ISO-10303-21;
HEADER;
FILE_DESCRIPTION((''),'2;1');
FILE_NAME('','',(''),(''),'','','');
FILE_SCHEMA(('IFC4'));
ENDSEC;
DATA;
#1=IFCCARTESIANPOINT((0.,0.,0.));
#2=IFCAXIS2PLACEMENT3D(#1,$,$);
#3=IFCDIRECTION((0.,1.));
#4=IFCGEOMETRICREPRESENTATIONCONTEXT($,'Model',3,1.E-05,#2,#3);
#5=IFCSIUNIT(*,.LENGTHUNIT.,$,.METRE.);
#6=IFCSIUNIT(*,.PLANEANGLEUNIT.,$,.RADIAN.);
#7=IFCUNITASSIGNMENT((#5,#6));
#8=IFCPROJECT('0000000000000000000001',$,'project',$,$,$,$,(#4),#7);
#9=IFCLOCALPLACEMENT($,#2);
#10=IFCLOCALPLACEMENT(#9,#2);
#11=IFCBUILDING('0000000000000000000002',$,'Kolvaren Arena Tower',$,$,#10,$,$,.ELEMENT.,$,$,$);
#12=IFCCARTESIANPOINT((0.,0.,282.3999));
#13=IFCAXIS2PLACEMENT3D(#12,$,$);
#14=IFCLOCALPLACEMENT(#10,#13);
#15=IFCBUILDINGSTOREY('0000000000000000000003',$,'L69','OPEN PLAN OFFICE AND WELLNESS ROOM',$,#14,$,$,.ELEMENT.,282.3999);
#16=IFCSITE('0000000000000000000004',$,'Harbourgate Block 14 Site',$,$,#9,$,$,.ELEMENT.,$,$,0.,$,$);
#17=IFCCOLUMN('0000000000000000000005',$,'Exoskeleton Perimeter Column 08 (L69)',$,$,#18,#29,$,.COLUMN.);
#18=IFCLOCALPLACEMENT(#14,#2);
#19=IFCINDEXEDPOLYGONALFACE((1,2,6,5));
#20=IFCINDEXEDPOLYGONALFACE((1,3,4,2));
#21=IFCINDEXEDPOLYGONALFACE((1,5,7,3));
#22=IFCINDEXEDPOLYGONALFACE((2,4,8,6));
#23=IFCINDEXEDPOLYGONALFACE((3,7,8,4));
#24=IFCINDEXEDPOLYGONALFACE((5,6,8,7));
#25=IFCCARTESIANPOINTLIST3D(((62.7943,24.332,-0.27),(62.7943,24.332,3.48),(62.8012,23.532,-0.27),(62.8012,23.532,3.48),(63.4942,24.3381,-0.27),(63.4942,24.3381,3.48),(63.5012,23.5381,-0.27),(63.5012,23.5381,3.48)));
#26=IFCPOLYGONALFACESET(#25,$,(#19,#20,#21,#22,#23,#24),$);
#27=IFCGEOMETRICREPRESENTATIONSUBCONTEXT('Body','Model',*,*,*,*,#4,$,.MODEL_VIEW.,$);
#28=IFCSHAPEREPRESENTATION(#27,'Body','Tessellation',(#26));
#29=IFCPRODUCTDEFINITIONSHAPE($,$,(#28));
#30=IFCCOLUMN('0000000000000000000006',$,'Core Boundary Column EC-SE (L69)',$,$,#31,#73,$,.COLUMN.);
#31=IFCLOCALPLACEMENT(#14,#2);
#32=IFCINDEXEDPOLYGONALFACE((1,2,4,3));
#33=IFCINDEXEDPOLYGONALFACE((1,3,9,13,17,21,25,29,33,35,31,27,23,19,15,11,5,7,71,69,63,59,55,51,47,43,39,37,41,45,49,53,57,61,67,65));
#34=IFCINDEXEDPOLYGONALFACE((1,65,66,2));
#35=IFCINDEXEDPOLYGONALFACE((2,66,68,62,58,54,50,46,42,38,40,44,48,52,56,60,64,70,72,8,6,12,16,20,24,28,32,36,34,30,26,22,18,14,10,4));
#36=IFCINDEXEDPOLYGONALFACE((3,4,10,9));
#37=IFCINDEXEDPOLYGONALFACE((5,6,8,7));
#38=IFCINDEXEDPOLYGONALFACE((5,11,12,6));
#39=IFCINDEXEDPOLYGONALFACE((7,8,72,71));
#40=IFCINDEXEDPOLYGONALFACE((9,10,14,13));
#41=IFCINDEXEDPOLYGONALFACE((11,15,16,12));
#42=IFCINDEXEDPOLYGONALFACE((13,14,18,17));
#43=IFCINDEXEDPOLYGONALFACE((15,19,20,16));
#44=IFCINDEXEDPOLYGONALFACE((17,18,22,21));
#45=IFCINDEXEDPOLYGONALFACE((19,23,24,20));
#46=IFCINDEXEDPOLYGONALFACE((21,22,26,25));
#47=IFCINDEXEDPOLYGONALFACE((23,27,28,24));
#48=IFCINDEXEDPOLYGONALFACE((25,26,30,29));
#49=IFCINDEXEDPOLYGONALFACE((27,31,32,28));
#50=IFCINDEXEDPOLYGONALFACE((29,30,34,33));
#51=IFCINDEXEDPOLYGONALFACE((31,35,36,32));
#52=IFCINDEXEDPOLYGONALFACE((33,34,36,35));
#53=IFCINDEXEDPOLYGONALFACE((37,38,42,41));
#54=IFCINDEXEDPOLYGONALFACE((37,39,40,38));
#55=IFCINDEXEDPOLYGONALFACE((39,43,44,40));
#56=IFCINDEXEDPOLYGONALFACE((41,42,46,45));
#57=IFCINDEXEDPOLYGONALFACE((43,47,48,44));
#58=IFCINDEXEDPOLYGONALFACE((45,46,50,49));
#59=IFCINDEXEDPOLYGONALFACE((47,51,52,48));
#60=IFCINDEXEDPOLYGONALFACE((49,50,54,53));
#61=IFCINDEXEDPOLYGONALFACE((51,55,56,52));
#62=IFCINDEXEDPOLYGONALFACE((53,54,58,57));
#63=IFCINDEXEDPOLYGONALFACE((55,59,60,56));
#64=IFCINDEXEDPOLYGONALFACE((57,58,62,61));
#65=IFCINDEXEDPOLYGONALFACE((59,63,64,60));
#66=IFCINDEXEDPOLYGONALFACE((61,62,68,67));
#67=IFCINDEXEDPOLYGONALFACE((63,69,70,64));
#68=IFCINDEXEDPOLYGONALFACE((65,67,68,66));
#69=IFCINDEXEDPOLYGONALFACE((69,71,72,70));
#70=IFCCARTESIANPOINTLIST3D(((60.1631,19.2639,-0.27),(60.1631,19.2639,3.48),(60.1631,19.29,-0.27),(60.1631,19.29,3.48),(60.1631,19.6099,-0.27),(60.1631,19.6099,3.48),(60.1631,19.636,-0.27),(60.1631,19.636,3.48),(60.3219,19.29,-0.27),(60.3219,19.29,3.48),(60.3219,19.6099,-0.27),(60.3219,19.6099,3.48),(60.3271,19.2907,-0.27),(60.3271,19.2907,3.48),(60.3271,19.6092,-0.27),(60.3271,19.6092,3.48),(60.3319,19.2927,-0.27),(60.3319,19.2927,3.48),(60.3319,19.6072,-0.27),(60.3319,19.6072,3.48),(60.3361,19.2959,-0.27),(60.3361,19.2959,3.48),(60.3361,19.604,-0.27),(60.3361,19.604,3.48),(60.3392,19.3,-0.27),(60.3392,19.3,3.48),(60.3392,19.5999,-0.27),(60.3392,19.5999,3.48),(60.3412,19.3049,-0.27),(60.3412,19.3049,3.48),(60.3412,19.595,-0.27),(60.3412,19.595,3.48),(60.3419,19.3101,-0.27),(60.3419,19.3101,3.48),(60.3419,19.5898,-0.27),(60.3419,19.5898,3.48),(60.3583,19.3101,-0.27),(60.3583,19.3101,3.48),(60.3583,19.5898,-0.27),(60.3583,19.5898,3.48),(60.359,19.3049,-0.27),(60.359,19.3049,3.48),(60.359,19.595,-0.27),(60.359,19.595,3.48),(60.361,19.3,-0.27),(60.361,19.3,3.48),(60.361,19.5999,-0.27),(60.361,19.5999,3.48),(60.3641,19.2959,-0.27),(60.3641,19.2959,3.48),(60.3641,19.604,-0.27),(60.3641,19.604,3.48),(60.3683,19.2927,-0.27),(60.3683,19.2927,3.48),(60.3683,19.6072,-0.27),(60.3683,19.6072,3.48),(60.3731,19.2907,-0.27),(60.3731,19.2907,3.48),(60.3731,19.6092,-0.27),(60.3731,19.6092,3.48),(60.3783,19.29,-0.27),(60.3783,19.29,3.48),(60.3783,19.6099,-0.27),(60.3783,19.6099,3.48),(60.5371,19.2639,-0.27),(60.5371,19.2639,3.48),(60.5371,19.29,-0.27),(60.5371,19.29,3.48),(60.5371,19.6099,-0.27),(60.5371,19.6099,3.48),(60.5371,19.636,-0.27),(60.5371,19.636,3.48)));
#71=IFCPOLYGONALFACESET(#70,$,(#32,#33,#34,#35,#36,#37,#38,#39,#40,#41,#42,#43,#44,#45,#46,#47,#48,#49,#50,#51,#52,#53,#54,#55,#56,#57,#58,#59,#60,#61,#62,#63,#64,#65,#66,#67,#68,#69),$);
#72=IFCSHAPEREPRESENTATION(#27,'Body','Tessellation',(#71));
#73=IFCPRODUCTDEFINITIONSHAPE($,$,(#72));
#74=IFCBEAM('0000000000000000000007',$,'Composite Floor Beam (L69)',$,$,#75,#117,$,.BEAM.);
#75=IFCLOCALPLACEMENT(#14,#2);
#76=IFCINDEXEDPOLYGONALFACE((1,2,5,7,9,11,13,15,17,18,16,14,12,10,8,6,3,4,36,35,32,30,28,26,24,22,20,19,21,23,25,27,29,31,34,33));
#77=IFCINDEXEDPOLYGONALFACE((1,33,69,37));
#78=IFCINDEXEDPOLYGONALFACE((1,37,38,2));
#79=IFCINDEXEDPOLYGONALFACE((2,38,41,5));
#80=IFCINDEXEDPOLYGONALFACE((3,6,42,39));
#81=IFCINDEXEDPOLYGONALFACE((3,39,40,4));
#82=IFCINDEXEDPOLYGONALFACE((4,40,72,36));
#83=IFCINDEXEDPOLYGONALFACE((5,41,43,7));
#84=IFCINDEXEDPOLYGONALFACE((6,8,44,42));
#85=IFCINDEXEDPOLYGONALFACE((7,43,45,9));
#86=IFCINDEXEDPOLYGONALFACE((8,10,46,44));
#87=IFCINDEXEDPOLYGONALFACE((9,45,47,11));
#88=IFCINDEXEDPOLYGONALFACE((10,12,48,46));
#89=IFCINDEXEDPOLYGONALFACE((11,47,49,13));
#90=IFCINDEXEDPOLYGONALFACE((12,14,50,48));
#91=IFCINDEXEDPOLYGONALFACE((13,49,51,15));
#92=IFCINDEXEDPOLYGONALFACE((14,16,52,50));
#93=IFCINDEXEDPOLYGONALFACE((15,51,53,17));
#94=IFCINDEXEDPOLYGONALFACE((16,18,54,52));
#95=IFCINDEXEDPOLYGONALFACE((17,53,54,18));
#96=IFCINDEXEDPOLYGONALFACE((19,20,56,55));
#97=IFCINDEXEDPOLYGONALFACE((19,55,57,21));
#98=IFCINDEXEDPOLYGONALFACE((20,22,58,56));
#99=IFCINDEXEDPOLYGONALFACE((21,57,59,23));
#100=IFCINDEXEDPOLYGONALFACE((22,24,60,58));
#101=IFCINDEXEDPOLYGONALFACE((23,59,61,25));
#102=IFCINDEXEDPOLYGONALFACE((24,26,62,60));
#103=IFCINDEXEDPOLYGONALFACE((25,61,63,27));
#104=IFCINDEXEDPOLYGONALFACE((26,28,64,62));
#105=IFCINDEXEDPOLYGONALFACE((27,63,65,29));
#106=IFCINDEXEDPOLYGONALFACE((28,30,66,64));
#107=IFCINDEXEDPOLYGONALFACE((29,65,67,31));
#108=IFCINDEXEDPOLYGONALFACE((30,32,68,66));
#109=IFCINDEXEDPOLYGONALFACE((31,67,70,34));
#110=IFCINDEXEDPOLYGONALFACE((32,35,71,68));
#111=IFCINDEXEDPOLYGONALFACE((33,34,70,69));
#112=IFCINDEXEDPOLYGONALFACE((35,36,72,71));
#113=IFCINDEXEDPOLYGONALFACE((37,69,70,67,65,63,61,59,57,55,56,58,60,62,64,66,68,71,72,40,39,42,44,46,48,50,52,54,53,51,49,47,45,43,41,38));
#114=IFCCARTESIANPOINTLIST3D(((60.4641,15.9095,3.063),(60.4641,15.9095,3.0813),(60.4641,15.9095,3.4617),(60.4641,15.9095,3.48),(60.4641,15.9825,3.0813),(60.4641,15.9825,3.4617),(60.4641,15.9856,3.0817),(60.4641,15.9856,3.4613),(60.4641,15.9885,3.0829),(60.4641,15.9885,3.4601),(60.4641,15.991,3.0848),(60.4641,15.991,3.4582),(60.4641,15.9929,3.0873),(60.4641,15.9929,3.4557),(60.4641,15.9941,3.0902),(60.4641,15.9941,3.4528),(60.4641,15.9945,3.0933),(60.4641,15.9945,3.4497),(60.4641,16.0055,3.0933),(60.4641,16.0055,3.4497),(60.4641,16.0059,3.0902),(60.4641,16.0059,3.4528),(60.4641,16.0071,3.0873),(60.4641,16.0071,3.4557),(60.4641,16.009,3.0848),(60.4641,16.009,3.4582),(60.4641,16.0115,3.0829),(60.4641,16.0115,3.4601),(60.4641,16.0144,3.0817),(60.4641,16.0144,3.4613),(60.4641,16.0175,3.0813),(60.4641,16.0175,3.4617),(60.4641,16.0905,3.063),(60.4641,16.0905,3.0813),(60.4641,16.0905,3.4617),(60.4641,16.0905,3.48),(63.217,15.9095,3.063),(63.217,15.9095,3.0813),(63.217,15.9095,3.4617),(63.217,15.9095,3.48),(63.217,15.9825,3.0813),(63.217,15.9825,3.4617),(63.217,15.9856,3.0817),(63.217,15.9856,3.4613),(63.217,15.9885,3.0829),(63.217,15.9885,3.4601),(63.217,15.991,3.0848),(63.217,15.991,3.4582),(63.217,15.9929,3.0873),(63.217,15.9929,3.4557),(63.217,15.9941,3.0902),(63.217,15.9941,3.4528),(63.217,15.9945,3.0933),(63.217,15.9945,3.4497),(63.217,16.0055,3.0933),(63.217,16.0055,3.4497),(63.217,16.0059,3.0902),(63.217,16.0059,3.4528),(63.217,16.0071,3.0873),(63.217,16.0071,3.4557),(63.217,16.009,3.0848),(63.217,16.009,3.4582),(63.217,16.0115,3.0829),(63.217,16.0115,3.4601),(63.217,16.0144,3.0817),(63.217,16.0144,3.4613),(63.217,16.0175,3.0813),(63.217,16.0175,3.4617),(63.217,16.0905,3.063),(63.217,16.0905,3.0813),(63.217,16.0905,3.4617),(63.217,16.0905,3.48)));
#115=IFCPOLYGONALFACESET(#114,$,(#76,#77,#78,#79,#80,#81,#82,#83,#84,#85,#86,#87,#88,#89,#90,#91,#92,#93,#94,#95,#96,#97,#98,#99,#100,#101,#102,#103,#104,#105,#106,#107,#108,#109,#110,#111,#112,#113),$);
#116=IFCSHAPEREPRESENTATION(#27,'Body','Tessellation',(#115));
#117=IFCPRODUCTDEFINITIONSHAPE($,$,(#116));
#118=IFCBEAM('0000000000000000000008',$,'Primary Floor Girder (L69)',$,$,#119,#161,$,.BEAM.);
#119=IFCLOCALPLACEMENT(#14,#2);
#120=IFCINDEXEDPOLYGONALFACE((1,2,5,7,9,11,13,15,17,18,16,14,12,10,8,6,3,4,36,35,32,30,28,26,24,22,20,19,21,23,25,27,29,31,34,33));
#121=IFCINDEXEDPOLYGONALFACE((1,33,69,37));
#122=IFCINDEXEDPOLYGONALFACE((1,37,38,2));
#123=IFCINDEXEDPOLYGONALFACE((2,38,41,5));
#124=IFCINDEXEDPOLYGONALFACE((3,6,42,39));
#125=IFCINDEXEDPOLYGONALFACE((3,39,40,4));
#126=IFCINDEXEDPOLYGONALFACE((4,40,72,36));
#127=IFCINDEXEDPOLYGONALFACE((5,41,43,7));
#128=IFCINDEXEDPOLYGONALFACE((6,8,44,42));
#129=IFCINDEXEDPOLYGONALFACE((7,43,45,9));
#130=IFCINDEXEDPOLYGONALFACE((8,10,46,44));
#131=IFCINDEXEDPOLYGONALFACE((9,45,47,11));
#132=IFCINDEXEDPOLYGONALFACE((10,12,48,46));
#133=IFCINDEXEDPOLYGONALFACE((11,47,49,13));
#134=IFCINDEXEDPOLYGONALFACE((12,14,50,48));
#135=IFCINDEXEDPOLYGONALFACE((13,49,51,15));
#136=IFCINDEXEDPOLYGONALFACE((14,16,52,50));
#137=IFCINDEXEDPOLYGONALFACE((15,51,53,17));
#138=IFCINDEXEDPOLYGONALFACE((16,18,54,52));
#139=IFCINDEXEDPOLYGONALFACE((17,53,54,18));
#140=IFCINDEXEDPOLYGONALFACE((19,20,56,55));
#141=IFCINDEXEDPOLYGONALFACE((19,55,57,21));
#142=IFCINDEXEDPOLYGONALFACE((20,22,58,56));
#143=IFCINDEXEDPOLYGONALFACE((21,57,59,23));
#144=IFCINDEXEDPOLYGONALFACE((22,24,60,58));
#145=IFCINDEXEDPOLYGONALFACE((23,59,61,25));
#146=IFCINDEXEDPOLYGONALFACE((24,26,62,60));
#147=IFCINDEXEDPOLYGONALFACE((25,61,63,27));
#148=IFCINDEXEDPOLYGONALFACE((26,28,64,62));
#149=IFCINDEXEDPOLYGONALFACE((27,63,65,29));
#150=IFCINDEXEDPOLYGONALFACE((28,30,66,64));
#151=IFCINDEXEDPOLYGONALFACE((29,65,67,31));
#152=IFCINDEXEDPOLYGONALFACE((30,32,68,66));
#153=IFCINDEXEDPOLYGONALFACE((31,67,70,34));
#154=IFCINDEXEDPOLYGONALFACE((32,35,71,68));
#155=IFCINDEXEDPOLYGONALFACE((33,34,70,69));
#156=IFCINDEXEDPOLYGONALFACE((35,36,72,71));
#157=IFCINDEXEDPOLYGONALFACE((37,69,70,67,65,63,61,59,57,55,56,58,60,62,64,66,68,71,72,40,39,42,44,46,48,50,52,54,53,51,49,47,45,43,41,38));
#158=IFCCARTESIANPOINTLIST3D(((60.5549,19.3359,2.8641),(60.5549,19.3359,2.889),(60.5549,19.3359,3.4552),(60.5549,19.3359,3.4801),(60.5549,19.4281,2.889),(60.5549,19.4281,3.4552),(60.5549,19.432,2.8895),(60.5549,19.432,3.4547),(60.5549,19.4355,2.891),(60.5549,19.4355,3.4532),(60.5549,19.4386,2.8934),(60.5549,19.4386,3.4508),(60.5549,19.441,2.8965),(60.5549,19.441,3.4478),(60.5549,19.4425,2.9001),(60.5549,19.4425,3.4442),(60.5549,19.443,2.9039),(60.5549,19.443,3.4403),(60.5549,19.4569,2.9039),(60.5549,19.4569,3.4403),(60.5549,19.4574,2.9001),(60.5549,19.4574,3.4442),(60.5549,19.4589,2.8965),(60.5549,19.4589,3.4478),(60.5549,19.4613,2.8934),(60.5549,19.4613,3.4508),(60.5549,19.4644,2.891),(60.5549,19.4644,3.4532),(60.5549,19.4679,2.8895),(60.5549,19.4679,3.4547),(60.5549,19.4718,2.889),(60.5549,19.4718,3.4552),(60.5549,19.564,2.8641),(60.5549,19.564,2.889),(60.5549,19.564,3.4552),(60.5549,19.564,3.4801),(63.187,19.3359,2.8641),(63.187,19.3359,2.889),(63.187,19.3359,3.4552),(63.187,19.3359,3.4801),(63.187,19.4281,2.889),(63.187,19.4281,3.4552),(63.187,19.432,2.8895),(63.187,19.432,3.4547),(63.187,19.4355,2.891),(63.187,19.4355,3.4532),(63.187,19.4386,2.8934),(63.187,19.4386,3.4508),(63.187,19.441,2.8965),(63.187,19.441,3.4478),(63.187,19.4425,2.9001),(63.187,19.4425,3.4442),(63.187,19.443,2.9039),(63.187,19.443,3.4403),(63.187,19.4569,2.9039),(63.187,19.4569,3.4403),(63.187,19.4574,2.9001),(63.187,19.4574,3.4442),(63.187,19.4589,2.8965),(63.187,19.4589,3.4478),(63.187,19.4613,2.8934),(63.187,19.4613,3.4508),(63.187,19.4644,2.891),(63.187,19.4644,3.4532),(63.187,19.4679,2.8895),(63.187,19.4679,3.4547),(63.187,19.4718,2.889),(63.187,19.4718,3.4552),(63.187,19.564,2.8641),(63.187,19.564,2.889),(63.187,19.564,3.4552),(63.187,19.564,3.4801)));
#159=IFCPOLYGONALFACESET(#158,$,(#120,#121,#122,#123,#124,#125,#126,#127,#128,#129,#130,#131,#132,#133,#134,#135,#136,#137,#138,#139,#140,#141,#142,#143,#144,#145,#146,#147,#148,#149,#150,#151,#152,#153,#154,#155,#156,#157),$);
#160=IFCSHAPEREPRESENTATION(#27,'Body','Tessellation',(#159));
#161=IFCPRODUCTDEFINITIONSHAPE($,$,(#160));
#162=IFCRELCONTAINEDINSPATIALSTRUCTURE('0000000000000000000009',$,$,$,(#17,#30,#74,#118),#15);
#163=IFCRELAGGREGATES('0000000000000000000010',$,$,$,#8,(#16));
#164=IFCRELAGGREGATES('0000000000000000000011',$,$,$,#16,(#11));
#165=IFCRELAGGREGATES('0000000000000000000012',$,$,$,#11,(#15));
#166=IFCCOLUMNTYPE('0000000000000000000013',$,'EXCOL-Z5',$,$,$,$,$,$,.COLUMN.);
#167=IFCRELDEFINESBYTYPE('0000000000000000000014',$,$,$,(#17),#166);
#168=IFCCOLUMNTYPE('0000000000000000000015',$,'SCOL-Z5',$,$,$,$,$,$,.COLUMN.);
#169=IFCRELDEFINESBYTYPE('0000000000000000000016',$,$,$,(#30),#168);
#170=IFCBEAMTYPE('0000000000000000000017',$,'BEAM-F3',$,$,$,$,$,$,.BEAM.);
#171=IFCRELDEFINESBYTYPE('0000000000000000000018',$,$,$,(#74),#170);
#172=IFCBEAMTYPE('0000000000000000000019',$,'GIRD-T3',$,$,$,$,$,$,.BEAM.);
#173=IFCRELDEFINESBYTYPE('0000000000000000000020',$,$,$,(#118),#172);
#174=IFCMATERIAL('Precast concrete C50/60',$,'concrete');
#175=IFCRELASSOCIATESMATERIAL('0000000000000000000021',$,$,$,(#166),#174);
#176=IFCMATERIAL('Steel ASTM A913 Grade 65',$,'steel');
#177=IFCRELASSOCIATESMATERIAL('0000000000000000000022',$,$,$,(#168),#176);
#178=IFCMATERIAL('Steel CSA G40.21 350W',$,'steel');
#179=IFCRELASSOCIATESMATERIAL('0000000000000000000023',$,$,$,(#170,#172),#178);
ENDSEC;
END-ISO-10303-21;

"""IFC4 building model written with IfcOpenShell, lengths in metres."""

from ifc_helpers import new_model, si_unit, direction, frame, origin, origin_2d, place, context, subcontext, project, spatial, rectangle, i_section, extrude, material, material_profile, profile_set, type_object, element, save


model = new_model("IFC4")

# Units and contexts
model_context = context("Model", 3, precision=1e-05, world=origin(), true_north=direction((0.0, 1.0)))
body_context = subcontext(model_context, "Body", "Model", "MODEL_VIEW")
ifc_project = project(units=[si_unit("LENGTHUNIT", "METRE"), si_unit("PLANEANGLEUNIT", "RADIAN")], contexts=[model_context])

# Site, building, storey
site_placement = place(None, origin())
site = spatial("IfcSite", under=ifc_project, at=site_placement, Name="Harbourgate Block 14 Site", CompositionType="ELEMENT", RefElevation=0.0)
building_placement = place(site_placement, origin())
building = spatial("IfcBuilding", under=site, at=building_placement, Name="Kolvaren Arena Tower", CompositionType="ELEMENT")
storey_placement = place(building_placement, frame((0.0, 0.0, 282.3999)))
storey = spatial("IfcBuildingStorey", under=building, at=storey_placement, Name="L69", Description="OPEN PLAN OFFICE AND WELLNESS ROOM", CompositionType="ELEMENT", Elevation=282.3999)

# Columns
ifc_material_1 = material(Name="Precast concrete C50/60", Category="concrete")
ifc_material_profile_1 = material_profile(ifc_material_1, rectangle(XDim=0.8, YDim=0.7, at=origin_2d()), Name="RC-800x700")
ifc_profile_set_1 = profile_set([ifc_material_profile_1], Name="Precast concrete C50/60")
column_type_1 = type_object("IfcColumnType", Name="EXCOL-Z5", PredefinedType="COLUMN", material=ifc_profile_set_1)
column_1_placement = place(storey_placement, frame((63.1477, 23.9351, -0.27), z_axis=(0.0, 0.0, 1.0), x_axis=(-0.008727, 0.999962, 0.0)))
element("IfcColumn", 1, at=column_1_placement, inside=storey, type_object=column_type_1, Name="Exoskeleton Perimeter Column 08 (L69)", PredefinedType="COLUMN", context=body_context, shape_type="SweptSolid", body=[
    extrude(rectangle(XDim=0.8, YDim=0.7, at=origin_2d()), origin(), (0.0, 0.0, 1.0), 3.75),
])
ifc_material_2 = material(Name="Steel ASTM A913 Grade 65", Category="steel")
ifc_material_profile_2 = material_profile(ifc_material_2, i_section(OverallWidth=0.374, OverallDepth=0.3721, WebThickness=0.0164, FlangeThickness=0.0261, FilletRadius=0.02, at=origin_2d()), Name="W360x196")
ifc_profile_set_2 = profile_set([ifc_material_profile_2], Name="Steel ASTM A913 Grade 65")
column_type_2 = type_object("IfcColumnType", Name="SCOL-Z5", PredefinedType="COLUMN", material=ifc_profile_set_2)
column_2_placement = place(storey_placement, frame((60.3501, 19.45, -0.27), z_axis=(0.0, 0.0, 1.0), x_axis=(1.0, 0.0, 0.0)))
element("IfcColumn", 2, at=column_2_placement, inside=storey, type_object=column_type_2, Name="Core Boundary Column EC-SE (L69)", PredefinedType="COLUMN", context=body_context, shape_type="SweptSolid", body=[
    extrude(i_section(OverallWidth=0.374, OverallDepth=0.3721, WebThickness=0.0164, FlangeThickness=0.0261, FilletRadius=0.02, at=origin_2d()), origin(), (0.0, 0.0, 1.0), 3.75),
])

# Beams
ifc_material_3 = material(Name="Steel CSA G40.21 350W", Category="steel")
ifc_material_profile_3 = material_profile(ifc_material_3, i_section(OverallWidth=0.1809, OverallDepth=0.417, WebThickness=0.011, FlangeThickness=0.0183, FilletRadius=0.012, at=origin_2d()), Name="W410x85")
ifc_profile_set_3 = profile_set([ifc_material_profile_3], Name="Steel CSA G40.21 350W")
beam_type_1 = type_object("IfcBeamType", Name="BEAM-F3", PredefinedType="BEAM", material=ifc_profile_set_3)
beam_1_placement = place(storey_placement, frame((60.4641, 16.0, 3.2715), z_axis=(1.0, 0.0, 0.0), x_axis=(0.0, 1.0, 0.0)))
element("IfcBeam", 3, at=beam_1_placement, inside=storey, type_object=beam_type_1, Name="Composite Floor Beam (L69)", PredefinedType="BEAM", context=body_context, shape_type="SweptSolid", body=[
    extrude(i_section(OverallWidth=0.1809, OverallDepth=0.417, WebThickness=0.011, FlangeThickness=0.0183, FilletRadius=0.012, at=origin_2d()), origin(), (0.0, 0.0, 1.0), 2.7529),
])
ifc_material_profile_4 = material_profile(ifc_material_3, i_section(OverallWidth=0.228, OverallDepth=0.616, WebThickness=0.0139, FlangeThickness=0.0249, FilletRadius=0.0149, at=origin_2d()), Name="W610x174")
ifc_profile_set_4 = profile_set([ifc_material_profile_4], Name="Steel CSA G40.21 350W")
beam_type_2 = type_object("IfcBeamType", Name="GIRD-T3", PredefinedType="BEAM", material=ifc_profile_set_4)
beam_2_placement = place(storey_placement, frame((60.5549, 19.45, 3.1721), z_axis=(1.0, 0.0, 0.0), x_axis=(0.0, 1.0, 0.0)))
element("IfcBeam", 4, at=beam_2_placement, inside=storey, type_object=beam_type_2, Name="Primary Floor Girder (L69)", PredefinedType="BEAM", context=body_context, shape_type="SweptSolid", body=[
    extrude(i_section(OverallWidth=0.228, OverallDepth=0.616, WebThickness=0.0139, FlangeThickness=0.0249, FilletRadius=0.0149, at=origin_2d()), origin(), (0.0, 0.0, 1.0), 2.6321),
])

save(model, "model.ifc")
